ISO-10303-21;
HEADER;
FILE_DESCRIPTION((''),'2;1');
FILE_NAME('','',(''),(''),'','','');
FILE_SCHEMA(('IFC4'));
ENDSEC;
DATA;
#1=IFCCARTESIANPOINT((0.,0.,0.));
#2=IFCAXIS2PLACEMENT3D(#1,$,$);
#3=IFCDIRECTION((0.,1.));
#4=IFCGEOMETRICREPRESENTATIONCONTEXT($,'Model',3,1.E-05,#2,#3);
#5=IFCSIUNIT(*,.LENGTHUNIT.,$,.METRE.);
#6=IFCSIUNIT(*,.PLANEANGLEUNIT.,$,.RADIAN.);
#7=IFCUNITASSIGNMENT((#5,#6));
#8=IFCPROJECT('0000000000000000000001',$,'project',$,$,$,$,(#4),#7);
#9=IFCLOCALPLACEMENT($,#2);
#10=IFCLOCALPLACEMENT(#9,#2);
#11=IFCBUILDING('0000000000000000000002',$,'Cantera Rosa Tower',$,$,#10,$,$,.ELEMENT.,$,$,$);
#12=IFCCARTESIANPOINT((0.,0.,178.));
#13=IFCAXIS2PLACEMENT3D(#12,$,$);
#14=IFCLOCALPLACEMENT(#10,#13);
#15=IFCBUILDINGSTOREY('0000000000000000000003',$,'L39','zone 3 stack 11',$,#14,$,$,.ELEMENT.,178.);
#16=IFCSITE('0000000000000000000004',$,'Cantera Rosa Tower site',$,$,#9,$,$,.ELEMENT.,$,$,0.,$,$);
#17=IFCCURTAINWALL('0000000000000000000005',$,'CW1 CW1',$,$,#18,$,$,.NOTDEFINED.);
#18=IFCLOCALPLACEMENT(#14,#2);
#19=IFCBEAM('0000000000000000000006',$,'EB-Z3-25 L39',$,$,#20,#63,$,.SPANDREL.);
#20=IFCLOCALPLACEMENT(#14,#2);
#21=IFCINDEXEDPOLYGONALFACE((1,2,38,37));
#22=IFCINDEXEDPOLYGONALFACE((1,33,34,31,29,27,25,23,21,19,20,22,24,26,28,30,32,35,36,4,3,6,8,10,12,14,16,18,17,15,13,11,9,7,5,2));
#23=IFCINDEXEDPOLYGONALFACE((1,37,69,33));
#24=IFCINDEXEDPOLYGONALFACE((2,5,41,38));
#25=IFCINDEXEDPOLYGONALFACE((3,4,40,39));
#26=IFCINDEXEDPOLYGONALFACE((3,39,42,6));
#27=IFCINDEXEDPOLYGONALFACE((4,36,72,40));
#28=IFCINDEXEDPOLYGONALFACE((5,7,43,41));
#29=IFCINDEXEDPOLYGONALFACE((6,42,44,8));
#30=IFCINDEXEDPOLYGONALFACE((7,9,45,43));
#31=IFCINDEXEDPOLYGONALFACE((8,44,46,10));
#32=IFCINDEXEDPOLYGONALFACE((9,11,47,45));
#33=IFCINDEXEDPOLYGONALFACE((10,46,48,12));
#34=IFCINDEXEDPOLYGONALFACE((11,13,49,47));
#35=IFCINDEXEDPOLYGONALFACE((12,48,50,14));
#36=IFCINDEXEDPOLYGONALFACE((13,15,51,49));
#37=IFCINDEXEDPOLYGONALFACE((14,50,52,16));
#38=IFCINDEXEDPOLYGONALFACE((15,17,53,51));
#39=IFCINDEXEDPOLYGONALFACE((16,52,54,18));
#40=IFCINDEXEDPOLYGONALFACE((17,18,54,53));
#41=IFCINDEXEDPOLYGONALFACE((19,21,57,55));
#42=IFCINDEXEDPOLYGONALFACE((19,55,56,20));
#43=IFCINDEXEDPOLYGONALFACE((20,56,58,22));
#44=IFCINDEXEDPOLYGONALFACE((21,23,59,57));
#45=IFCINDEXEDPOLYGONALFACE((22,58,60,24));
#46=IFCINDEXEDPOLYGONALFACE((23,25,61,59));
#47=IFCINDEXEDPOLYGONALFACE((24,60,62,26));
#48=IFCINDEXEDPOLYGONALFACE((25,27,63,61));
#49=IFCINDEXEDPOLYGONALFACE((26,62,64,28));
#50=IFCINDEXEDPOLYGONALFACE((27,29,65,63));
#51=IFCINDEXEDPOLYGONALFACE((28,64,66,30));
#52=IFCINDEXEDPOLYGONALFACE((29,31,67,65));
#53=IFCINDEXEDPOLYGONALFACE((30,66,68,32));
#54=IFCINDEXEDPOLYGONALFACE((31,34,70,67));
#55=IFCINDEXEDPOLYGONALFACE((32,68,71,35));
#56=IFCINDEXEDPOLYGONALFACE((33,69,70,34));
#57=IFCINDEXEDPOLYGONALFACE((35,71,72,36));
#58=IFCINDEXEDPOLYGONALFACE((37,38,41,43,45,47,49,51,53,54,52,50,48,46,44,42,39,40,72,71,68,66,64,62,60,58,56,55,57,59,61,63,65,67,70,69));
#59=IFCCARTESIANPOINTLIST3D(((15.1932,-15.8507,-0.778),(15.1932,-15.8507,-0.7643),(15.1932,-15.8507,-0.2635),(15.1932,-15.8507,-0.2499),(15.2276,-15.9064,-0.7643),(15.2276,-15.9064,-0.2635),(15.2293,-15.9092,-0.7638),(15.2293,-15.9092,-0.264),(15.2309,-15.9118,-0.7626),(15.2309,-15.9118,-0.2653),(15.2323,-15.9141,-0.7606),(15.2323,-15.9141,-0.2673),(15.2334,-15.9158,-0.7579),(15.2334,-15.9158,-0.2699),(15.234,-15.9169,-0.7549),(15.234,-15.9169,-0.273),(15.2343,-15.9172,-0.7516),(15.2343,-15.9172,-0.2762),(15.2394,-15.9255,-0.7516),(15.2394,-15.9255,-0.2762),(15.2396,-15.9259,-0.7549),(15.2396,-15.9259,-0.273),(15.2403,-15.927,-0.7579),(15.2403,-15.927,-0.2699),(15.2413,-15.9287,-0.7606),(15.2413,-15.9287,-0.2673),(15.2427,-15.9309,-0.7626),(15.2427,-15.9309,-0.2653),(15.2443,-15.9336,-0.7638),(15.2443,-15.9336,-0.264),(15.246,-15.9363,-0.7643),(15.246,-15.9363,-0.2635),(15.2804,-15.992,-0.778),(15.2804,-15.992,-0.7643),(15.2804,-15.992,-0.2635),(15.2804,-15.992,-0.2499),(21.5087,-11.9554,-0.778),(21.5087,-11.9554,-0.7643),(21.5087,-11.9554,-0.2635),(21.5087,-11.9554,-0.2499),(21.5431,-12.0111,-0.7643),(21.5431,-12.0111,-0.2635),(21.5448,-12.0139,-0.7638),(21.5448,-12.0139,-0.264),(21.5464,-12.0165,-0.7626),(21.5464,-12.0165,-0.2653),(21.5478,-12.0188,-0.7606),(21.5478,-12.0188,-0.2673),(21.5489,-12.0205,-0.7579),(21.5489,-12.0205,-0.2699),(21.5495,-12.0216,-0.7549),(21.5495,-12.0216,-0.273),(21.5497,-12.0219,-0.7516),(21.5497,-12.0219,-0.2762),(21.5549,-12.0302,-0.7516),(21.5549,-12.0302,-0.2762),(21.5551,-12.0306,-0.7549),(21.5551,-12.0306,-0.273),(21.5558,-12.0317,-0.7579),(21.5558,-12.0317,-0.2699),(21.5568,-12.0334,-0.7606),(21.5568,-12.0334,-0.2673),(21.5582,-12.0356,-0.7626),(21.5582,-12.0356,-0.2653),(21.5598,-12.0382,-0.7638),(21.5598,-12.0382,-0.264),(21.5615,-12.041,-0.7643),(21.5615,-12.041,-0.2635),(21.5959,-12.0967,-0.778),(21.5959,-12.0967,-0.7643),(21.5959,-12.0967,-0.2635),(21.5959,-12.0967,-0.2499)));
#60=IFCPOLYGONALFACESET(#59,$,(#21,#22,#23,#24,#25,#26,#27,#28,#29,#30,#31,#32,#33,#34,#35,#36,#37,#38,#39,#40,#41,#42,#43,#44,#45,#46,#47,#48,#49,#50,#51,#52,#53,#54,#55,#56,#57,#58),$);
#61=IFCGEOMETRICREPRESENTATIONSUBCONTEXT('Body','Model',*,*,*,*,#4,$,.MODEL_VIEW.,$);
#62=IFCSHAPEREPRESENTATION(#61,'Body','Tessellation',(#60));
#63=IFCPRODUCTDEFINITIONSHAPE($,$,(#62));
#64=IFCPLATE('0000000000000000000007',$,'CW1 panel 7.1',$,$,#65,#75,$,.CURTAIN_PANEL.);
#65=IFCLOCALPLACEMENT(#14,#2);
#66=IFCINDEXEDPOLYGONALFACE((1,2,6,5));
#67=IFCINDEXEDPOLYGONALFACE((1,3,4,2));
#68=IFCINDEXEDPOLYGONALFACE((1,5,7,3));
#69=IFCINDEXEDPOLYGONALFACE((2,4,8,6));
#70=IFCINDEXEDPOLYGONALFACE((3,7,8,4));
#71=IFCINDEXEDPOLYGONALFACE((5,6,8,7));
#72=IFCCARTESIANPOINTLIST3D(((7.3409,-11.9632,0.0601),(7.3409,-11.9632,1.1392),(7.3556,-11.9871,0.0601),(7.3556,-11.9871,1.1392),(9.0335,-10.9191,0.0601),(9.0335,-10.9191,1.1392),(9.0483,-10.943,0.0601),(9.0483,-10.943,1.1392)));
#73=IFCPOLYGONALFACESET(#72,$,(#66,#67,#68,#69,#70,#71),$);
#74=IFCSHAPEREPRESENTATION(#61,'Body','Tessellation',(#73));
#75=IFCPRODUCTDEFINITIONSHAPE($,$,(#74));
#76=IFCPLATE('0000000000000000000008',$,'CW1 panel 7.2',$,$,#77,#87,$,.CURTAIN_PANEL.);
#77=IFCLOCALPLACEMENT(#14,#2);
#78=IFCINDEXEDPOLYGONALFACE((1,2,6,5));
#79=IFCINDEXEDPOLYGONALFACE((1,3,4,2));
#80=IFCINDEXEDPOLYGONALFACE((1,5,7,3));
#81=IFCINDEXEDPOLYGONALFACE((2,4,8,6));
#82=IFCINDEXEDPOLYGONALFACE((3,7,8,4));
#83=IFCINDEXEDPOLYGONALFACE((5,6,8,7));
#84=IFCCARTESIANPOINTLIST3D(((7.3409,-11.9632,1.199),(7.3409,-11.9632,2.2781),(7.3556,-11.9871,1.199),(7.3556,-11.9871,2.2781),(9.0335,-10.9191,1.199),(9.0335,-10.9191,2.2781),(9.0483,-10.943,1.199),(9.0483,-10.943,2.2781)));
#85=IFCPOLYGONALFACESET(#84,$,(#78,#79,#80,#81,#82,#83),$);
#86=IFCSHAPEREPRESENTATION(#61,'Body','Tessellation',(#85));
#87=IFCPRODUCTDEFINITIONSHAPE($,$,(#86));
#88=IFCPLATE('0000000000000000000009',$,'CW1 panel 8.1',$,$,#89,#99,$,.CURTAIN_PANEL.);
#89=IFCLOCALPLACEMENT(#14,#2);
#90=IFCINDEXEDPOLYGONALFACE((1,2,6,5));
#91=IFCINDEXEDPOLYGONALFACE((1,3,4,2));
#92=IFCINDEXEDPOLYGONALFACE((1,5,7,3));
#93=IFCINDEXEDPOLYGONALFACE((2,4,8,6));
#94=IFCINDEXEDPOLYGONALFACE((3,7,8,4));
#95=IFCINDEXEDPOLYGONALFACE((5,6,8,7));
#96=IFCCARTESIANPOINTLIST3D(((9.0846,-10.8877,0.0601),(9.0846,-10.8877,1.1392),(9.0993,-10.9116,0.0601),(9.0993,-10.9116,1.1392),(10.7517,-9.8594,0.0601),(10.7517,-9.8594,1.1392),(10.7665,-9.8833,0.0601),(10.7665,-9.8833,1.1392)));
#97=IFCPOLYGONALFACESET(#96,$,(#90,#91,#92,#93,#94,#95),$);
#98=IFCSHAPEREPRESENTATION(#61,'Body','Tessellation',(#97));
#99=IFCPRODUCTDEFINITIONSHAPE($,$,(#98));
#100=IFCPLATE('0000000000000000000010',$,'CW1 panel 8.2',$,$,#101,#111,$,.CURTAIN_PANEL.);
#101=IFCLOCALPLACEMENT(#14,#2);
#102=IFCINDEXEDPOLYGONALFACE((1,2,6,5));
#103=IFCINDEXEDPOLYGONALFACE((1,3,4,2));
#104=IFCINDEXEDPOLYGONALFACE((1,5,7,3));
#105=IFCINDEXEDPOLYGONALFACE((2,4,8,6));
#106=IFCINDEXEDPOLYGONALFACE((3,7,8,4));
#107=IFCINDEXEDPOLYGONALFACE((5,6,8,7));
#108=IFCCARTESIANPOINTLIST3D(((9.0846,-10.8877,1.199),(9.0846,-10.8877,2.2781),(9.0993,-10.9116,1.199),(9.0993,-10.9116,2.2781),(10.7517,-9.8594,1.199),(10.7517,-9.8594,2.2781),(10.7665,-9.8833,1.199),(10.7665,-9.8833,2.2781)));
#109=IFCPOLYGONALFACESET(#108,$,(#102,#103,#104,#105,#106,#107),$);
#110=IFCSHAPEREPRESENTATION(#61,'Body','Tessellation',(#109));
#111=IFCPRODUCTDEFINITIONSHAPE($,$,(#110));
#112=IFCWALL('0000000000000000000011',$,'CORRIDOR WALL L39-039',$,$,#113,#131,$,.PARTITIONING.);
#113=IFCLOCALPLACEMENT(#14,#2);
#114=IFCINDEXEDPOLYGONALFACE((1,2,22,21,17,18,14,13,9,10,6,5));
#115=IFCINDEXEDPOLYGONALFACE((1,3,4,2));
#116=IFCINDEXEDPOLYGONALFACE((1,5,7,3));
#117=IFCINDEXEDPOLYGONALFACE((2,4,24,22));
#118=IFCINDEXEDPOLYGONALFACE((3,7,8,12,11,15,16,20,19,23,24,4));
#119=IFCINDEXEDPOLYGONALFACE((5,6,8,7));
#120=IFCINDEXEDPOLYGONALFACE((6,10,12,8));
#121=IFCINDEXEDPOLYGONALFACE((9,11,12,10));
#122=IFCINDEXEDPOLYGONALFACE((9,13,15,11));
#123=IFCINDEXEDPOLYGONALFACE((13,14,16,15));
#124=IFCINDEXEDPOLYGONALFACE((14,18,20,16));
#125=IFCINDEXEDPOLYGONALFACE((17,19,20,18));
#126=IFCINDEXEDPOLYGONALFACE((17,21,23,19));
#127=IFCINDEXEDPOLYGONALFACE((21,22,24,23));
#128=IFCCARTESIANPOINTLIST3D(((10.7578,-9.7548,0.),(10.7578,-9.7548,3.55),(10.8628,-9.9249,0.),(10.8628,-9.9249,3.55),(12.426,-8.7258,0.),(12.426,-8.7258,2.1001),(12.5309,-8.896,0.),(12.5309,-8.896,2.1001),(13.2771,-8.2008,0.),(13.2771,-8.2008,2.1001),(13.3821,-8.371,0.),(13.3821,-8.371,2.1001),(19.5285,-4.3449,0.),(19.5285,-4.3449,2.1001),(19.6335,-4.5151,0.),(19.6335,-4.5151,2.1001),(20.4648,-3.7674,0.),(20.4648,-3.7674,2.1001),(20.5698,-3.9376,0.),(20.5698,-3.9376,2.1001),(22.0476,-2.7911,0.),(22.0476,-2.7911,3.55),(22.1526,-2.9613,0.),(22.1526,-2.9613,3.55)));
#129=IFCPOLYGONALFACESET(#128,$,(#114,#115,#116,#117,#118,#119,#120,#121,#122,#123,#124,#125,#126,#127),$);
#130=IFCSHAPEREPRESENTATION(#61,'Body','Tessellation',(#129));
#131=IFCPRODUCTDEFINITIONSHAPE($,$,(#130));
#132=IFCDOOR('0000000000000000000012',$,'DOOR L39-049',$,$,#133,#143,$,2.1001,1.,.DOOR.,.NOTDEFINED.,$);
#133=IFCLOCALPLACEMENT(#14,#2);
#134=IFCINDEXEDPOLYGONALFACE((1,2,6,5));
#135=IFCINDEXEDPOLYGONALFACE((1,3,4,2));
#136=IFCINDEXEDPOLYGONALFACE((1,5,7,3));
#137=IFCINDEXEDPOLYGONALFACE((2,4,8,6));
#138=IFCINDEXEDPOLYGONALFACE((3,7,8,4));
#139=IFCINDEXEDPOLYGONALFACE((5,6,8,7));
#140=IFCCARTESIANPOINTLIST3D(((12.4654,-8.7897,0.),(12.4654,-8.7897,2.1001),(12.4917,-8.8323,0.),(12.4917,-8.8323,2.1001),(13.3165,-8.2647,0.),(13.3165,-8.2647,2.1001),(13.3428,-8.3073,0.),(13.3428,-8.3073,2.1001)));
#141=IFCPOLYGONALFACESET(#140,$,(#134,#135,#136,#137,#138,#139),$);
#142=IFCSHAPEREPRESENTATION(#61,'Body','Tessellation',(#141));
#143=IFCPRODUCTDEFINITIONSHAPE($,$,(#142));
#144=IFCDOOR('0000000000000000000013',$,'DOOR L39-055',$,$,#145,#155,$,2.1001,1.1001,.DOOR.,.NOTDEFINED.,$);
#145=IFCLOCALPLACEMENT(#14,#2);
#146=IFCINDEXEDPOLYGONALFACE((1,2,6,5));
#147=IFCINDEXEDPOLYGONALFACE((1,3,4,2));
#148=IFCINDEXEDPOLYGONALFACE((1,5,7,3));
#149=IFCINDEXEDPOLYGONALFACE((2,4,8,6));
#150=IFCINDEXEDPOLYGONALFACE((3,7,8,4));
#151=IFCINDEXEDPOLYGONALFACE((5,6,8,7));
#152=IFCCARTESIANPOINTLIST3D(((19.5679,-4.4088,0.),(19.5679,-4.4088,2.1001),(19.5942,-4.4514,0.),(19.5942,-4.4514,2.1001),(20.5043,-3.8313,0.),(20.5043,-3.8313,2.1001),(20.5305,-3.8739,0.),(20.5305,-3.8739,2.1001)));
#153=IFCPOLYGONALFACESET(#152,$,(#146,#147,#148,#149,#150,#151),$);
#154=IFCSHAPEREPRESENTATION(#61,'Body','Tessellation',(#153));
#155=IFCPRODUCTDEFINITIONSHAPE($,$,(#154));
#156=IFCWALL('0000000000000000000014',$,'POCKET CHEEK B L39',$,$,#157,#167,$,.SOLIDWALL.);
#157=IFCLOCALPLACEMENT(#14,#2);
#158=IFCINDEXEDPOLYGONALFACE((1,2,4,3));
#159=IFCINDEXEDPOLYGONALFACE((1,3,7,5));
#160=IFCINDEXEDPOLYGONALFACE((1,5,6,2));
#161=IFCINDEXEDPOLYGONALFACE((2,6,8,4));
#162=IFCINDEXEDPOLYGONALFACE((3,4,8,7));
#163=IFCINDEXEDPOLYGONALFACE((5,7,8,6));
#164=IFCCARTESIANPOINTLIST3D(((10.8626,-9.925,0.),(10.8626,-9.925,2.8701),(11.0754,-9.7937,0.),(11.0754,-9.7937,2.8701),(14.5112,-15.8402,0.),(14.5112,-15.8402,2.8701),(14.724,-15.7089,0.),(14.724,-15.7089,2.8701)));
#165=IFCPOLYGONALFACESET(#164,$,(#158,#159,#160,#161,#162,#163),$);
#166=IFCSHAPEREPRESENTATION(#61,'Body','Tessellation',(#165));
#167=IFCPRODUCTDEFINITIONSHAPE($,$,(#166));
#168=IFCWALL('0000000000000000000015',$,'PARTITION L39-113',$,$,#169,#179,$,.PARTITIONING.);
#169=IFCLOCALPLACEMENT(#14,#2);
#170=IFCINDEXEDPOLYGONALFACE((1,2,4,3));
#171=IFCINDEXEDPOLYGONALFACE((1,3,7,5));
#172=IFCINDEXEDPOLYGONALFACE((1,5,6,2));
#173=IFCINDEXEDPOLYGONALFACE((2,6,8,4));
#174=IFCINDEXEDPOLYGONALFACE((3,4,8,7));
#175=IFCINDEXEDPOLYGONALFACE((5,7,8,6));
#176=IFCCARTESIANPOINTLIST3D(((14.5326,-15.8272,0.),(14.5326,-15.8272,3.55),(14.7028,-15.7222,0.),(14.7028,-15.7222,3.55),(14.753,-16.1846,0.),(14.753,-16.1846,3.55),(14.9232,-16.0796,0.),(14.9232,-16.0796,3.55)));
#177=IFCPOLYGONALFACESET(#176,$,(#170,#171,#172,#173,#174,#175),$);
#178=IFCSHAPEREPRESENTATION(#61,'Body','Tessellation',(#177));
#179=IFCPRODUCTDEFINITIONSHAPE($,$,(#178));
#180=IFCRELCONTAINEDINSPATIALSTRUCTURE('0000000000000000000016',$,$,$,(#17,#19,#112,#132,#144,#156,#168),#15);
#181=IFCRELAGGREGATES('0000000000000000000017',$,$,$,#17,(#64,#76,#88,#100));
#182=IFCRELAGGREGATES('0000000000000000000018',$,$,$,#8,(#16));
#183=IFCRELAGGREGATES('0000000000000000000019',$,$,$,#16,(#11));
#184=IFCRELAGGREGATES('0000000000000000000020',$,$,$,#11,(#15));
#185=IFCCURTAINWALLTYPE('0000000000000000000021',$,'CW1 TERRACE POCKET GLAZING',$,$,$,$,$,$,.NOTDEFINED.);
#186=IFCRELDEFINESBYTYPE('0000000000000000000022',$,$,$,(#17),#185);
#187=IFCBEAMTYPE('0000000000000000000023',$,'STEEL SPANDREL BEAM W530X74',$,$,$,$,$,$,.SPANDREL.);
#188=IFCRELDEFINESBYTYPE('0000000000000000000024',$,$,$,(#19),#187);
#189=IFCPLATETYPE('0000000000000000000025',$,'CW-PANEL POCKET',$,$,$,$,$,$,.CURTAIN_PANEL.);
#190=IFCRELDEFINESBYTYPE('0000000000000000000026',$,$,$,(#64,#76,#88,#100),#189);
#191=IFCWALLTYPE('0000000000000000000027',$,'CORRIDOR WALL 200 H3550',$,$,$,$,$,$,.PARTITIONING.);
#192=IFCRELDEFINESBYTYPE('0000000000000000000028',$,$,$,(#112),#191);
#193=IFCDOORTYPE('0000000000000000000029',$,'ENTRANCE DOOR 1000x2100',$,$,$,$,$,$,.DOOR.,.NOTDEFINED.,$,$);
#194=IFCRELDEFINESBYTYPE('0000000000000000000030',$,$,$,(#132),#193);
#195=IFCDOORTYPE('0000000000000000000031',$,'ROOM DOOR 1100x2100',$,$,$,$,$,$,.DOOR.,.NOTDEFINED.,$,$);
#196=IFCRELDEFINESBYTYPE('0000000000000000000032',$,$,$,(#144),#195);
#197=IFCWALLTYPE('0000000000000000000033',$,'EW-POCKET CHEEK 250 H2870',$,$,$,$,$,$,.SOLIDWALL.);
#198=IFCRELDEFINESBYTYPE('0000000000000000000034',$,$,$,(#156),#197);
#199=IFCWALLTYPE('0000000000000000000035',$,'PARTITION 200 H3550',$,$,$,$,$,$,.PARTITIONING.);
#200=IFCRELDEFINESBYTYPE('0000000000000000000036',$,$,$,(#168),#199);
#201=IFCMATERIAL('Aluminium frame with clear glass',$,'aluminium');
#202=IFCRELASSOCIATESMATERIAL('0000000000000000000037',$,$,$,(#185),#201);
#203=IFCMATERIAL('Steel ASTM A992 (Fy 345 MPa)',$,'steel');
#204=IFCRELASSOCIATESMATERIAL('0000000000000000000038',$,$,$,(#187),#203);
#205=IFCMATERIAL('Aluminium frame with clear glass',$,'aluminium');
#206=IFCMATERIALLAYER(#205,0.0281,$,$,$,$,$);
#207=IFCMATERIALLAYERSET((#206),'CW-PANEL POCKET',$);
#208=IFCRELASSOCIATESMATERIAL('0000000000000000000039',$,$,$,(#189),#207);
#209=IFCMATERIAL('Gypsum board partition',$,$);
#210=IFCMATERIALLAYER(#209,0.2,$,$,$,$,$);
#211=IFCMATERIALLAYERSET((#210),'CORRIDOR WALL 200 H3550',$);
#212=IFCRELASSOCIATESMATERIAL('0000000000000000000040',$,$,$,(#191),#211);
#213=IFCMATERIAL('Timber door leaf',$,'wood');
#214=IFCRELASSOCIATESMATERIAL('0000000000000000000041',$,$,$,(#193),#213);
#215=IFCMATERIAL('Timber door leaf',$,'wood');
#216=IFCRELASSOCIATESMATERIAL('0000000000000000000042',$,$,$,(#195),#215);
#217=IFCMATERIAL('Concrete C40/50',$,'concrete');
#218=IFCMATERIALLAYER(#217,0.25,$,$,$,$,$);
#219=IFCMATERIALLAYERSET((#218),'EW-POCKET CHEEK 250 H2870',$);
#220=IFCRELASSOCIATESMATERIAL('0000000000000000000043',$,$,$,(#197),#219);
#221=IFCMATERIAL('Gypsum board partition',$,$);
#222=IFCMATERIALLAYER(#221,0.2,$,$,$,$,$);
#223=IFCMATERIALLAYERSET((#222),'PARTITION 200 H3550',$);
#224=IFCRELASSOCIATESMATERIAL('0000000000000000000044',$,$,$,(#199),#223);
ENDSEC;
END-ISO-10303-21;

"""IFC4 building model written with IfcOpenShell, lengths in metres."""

from ifc_helpers import new_model, si_unit, direction, frame, frame_2d, origin, origin_2d, place, context, subcontext, project, spatial, rectangle, i_section, extrude, material, layer, layer_set, material_profile, profile_set, type_object, element, fill, aggregate, save


model = new_model("IFC4")

# Units and contexts
model_context = context("Model", 3, precision=1e-05, world=origin(), true_north=direction((0.0, 1.0)))
body_context = subcontext(model_context, "Body", "Model", "MODEL_VIEW")
ifc_project = project(units=[si_unit("LENGTHUNIT", "METRE"), si_unit("PLANEANGLEUNIT", "RADIAN")], contexts=[model_context])

# Site, building, storey
site_placement = place(None, origin())
site = spatial("IfcSite", under=ifc_project, at=site_placement, Name="Cantera Rosa Tower site", CompositionType="ELEMENT", RefElevation=0.0)
building_placement = place(site_placement, origin())
building = spatial("IfcBuilding", under=site, at=building_placement, Name="Cantera Rosa Tower", CompositionType="ELEMENT")
storey_placement = place(building_placement, frame((0.0, 0.0, 178.0)))
storey = spatial("IfcBuildingStorey", under=building, at=storey_placement, Name="L39", Description="zone 3 stack 11", CompositionType="ELEMENT", Elevation=178.0)

# Curtain wall
ifc_material_1 = material(Name="Aluminium frame with clear glass", Category="aluminium")
curtain_wall_type = type_object("IfcCurtainWallType", Name="CW1 TERRACE POCKET GLAZING", PredefinedType="NOTDEFINED", material=ifc_material_1)
curtain_wall_placement = place(storey_placement, origin())
curtain_wall = element("IfcCurtainWall", 1, at=curtain_wall_placement, inside=storey, type_object=curtain_wall_type, Name="CW1 CW1", PredefinedType="NOTDEFINED")

# Beam
ifc_material_2 = material(Name="Steel ASTM A992 (Fy 345 MPa)", Category="steel")
ifc_material_profile_1 = material_profile(ifc_material_2, i_section(OverallWidth=0.166, OverallDepth=0.5281, WebThickness=0.0098, FlangeThickness=0.0137, FilletRadius=0.0127, at=origin_2d()), Name="W530X74")
ifc_profile_set_1 = profile_set([ifc_material_profile_1], Name="Steel ASTM A992 (Fy 345 MPa)")
beam_type_1 = type_object("IfcBeamType", Name="STEEL SPANDREL BEAM W530X74", PredefinedType="SPANDREL", material=ifc_profile_set_1)
beam_1_placement = place(storey_placement, frame((15.2368, -15.9214, -0.5139), z_axis=(0.851126, 0.524962, 0.0), x_axis=(-0.524962, 0.851126, 0.0)))
element("IfcBeam", 2, at=beam_1_placement, inside=storey, type_object=beam_type_1, Name="EB-Z3-25 L39", PredefinedType="SPANDREL", context=body_context, shape_type="SweptSolid", body=[
    extrude(i_section(OverallWidth=0.166, OverallDepth=0.5281, WebThickness=0.0098, FlangeThickness=0.0137, FilletRadius=0.0127, at=origin_2d()), origin(), (0.0, 0.0, 1.0), 7.4202),
])

# Plates
ifc_material_3 = material(Name="Aluminium frame with clear glass", Category="aluminium")
ifc_layer_1 = layer(ifc_material_3, 0.0281)
ifc_layer_set_1 = layer_set([ifc_layer_1], Name="CW-PANEL POCKET")
plate_type = type_object("IfcPlateType", Name="CW-PANEL POCKET", PredefinedType="CURTAIN_PANEL", material=ifc_layer_set_1)
plate_1_placement = place(storey_placement, frame((8.1946, -11.4531, 0.0601), z_axis=(0.0, 0.0, 1.0), x_axis=(0.851117, 0.524977, 0.0)))
plate_1 = element("IfcPlate", 3, at=plate_1_placement, type_object=plate_type, Name="CW1 panel 7.1", PredefinedType="CURTAIN_PANEL", context=body_context, shape_type="SweptSolid", body=[
    extrude(rectangle(XDim=1.9888, YDim=0.0281, at=origin_2d()), origin(), (0.0, 0.0, 1.0), 1.0791),
])
plate_2_placement = place(storey_placement, frame((8.1946, -11.4531, 1.199), z_axis=(0.0, 0.0, 1.0), x_axis=(0.851117, 0.524977, 0.0)))
plate_2 = element("IfcPlate", 4, at=plate_2_placement, type_object=plate_type, Name="CW1 panel 7.2", PredefinedType="CURTAIN_PANEL", context=body_context, shape_type="SweptSolid", body=[
    extrude(rectangle(XDim=1.9888, YDim=0.0281, at=origin_2d()), origin(), (0.0, 0.0, 1.0), 1.0791),
])
plate_3_placement = place(storey_placement, frame((9.9255, -10.3855, 0.0601), z_axis=(0.0, 0.0, 1.0), x_axis=(0.851117, 0.524977, 0.0)))
plate_3 = element("IfcPlate", 5, at=plate_3_placement, type_object=plate_type, Name="CW1 panel 8.1", PredefinedType="CURTAIN_PANEL", context=body_context, shape_type="SweptSolid", body=[
    extrude(rectangle(XDim=1.9587, YDim=0.0281, at=origin_2d()), origin(), (0.0, 0.0, 1.0), 1.0791),
])
plate_4_placement = place(storey_placement, frame((9.9255, -10.3855, 1.199), z_axis=(0.0, 0.0, 1.0), x_axis=(0.851117, 0.524977, 0.0)))
plate_4 = element("IfcPlate", 6, at=plate_4_placement, type_object=plate_type, Name="CW1 panel 8.2", PredefinedType="CURTAIN_PANEL", context=body_context, shape_type="SweptSolid", body=[
    extrude(rectangle(XDim=1.9587, YDim=0.0281, at=origin_2d()), origin(), (0.0, 0.0, 1.0), 1.0791),
])
aggregate(curtain_wall, [plate_1, plate_2, plate_3, plate_4])

# Wall, openings, doors
ifc_material_4 = material(Name="Gypsum board partition")
ifc_layer_2 = layer(ifc_material_4, 0.2)
ifc_layer_set_2 = layer_set([ifc_layer_2], Name="CORRIDOR WALL 200 H3550")
wall_type_1 = type_object("IfcWallType", Name="CORRIDOR WALL 200 H3550", PredefinedType="PARTITIONING", material=ifc_layer_set_2)
wall_1_placement = place(storey_placement, frame((10.8103, -9.8398, 0.0), z_axis=(0.0, 0.0, 1.0), x_axis=(0.851118, 0.524975, 0.0)))
wall_1 = element("IfcWall", 7, at=wall_1_placement, inside=storey, type_object=wall_type_1, Name="CORRIDOR WALL L39-039", PredefinedType="PARTITIONING", context=body_context, shape_type="SweptSolid", body=[
    extrude(rectangle(XDim=13.2646, YDim=0.2, at=frame_2d((6.6323, 0.0))), origin(), (0.0, 0.0, 1.0), 3.55),
])
opening_1_placement = place(wall_1_placement, frame((1.96, 0.0, 0.0)))
opening_1 = element("IfcOpeningElement", 8, at=opening_1_placement, cuts=wall_1, PredefinedType="OPENING", context=body_context, shape_type="SweptSolid", body=[
    extrude(rectangle(XDim=1.0, YDim=2.1001, at=frame_2d((0.5, 1.05))), frame((0.0, 0.1099, 0.0), z_axis=(0.0, -1.0, 0.0), x_axis=(1.0, 0.0, 0.0)), (0.0, 0.0, 1.0), 0.22),
])
opening_2_placement = place(wall_1_placement, frame((10.3049, 0.0, 0.0)))
opening_2 = element("IfcOpeningElement", 9, at=opening_2_placement, cuts=wall_1, PredefinedType="OPENING", context=body_context, shape_type="SweptSolid", body=[
    extrude(rectangle(XDim=1.1001, YDim=2.1001, at=frame_2d((0.55, 1.05))), frame((0.0, 0.1099, 0.0), z_axis=(0.0, -1.0, 0.0), x_axis=(1.0, 0.0, 0.0)), (0.0, 0.0, 1.0), 0.22),
])
ifc_material_5 = material(Name="Timber door leaf", Category="wood")
door_type_1 = type_object("IfcDoorType", Name="ENTRANCE DOOR 1000x2100", OperationType="NOTDEFINED", PredefinedType="DOOR", material=ifc_material_5)
door_1_placement = place(opening_1_placement, origin())
door_1 = element("IfcDoor", 10, at=door_1_placement, inside=storey, type_object=door_type_1, Name="DOOR L39-049", OperationType="NOTDEFINED", OverallHeight=2.1001, OverallWidth=1.0, PredefinedType="DOOR", context=body_context, shape_type="SweptSolid", body=[
    extrude(rectangle(XDim=1.0, YDim=2.1001, at=frame_2d((0.5, 1.05))), frame((0.0, 0.0249, 0.0), z_axis=(0.0, -1.0, 0.0), x_axis=(1.0, 0.0, 0.0)), (0.0, 0.0, 1.0), 0.05),
])
fill(opening_1, door_1)
ifc_material_6 = material(Name="Timber door leaf", Category="wood")
door_type_2 = type_object("IfcDoorType", Name="ROOM DOOR 1100x2100", OperationType="NOTDEFINED", PredefinedType="DOOR", material=ifc_material_6)
door_2_placement = place(opening_2_placement, origin())
door_2 = element("IfcDoor", 11, at=door_2_placement, inside=storey, type_object=door_type_2, Name="DOOR L39-055", OperationType="NOTDEFINED", OverallHeight=2.1001, OverallWidth=1.1001, PredefinedType="DOOR", context=body_context, shape_type="SweptSolid", body=[
    extrude(rectangle(XDim=1.1001, YDim=2.1001, at=frame_2d((0.55, 1.05))), frame((0.0, 0.0249, 0.0), z_axis=(0.0, -1.0, 0.0), x_axis=(1.0, 0.0, 0.0)), (0.0, 0.0, 1.0), 0.05),
])
fill(opening_2, door_2)

# Walls
ifc_material_7 = material(Name="Concrete C40/50", Category="concrete")
ifc_layer_3 = layer(ifc_material_7, 0.25)
ifc_layer_set_3 = layer_set([ifc_layer_3], Name="EW-POCKET CHEEK 250 H2870")
wall_type_2 = type_object("IfcWallType", Name="EW-POCKET CHEEK 250 H2870", PredefinedType="SOLIDWALL", material=ifc_layer_set_3)
wall_2_placement = place(storey_placement, frame((14.6177, -15.7747, 0.0), z_axis=(0.0, 0.0, 1.0), x_axis=(-0.524985, 0.851111, 0.0)))
element("IfcWall", 12, at=wall_2_placement, inside=storey, type_object=wall_type_2, Name="POCKET CHEEK B L39", PredefinedType="SOLIDWALL", context=body_context, shape_type="SweptSolid", body=[
    extrude(rectangle(XDim=6.95, YDim=0.25, at=frame_2d((3.4751, 0.0))), origin(), (0.0, 0.0, 1.0), 2.8701),
])
ifc_material_8 = material(Name="Gypsum board partition")
ifc_layer_4 = layer(ifc_material_8, 0.2)
ifc_layer_set_4 = layer_set([ifc_layer_4], Name="PARTITION 200 H3550")
wall_type_3 = type_object("IfcWallType", Name="PARTITION 200 H3550", PredefinedType="PARTITIONING", material=ifc_layer_set_4)
wall_3_placement = place(storey_placement, frame((14.8381, -16.1321, 0.0), z_axis=(0.0, 0.0, 1.0), x_axis=(-0.524973, 0.851119, 0.0)))
element("IfcWall", 13, at=wall_3_placement, inside=storey, type_object=wall_type_3, Name="PARTITION L39-113", PredefinedType="PARTITIONING", context=body_context, shape_type="SweptSolid", body=[
    extrude(rectangle(XDim=0.4199, YDim=0.2, at=frame_2d((0.21, 0.0))), origin(), (0.0, 0.0, 1.0), 3.55),
])

save(model, "model.ifc")
